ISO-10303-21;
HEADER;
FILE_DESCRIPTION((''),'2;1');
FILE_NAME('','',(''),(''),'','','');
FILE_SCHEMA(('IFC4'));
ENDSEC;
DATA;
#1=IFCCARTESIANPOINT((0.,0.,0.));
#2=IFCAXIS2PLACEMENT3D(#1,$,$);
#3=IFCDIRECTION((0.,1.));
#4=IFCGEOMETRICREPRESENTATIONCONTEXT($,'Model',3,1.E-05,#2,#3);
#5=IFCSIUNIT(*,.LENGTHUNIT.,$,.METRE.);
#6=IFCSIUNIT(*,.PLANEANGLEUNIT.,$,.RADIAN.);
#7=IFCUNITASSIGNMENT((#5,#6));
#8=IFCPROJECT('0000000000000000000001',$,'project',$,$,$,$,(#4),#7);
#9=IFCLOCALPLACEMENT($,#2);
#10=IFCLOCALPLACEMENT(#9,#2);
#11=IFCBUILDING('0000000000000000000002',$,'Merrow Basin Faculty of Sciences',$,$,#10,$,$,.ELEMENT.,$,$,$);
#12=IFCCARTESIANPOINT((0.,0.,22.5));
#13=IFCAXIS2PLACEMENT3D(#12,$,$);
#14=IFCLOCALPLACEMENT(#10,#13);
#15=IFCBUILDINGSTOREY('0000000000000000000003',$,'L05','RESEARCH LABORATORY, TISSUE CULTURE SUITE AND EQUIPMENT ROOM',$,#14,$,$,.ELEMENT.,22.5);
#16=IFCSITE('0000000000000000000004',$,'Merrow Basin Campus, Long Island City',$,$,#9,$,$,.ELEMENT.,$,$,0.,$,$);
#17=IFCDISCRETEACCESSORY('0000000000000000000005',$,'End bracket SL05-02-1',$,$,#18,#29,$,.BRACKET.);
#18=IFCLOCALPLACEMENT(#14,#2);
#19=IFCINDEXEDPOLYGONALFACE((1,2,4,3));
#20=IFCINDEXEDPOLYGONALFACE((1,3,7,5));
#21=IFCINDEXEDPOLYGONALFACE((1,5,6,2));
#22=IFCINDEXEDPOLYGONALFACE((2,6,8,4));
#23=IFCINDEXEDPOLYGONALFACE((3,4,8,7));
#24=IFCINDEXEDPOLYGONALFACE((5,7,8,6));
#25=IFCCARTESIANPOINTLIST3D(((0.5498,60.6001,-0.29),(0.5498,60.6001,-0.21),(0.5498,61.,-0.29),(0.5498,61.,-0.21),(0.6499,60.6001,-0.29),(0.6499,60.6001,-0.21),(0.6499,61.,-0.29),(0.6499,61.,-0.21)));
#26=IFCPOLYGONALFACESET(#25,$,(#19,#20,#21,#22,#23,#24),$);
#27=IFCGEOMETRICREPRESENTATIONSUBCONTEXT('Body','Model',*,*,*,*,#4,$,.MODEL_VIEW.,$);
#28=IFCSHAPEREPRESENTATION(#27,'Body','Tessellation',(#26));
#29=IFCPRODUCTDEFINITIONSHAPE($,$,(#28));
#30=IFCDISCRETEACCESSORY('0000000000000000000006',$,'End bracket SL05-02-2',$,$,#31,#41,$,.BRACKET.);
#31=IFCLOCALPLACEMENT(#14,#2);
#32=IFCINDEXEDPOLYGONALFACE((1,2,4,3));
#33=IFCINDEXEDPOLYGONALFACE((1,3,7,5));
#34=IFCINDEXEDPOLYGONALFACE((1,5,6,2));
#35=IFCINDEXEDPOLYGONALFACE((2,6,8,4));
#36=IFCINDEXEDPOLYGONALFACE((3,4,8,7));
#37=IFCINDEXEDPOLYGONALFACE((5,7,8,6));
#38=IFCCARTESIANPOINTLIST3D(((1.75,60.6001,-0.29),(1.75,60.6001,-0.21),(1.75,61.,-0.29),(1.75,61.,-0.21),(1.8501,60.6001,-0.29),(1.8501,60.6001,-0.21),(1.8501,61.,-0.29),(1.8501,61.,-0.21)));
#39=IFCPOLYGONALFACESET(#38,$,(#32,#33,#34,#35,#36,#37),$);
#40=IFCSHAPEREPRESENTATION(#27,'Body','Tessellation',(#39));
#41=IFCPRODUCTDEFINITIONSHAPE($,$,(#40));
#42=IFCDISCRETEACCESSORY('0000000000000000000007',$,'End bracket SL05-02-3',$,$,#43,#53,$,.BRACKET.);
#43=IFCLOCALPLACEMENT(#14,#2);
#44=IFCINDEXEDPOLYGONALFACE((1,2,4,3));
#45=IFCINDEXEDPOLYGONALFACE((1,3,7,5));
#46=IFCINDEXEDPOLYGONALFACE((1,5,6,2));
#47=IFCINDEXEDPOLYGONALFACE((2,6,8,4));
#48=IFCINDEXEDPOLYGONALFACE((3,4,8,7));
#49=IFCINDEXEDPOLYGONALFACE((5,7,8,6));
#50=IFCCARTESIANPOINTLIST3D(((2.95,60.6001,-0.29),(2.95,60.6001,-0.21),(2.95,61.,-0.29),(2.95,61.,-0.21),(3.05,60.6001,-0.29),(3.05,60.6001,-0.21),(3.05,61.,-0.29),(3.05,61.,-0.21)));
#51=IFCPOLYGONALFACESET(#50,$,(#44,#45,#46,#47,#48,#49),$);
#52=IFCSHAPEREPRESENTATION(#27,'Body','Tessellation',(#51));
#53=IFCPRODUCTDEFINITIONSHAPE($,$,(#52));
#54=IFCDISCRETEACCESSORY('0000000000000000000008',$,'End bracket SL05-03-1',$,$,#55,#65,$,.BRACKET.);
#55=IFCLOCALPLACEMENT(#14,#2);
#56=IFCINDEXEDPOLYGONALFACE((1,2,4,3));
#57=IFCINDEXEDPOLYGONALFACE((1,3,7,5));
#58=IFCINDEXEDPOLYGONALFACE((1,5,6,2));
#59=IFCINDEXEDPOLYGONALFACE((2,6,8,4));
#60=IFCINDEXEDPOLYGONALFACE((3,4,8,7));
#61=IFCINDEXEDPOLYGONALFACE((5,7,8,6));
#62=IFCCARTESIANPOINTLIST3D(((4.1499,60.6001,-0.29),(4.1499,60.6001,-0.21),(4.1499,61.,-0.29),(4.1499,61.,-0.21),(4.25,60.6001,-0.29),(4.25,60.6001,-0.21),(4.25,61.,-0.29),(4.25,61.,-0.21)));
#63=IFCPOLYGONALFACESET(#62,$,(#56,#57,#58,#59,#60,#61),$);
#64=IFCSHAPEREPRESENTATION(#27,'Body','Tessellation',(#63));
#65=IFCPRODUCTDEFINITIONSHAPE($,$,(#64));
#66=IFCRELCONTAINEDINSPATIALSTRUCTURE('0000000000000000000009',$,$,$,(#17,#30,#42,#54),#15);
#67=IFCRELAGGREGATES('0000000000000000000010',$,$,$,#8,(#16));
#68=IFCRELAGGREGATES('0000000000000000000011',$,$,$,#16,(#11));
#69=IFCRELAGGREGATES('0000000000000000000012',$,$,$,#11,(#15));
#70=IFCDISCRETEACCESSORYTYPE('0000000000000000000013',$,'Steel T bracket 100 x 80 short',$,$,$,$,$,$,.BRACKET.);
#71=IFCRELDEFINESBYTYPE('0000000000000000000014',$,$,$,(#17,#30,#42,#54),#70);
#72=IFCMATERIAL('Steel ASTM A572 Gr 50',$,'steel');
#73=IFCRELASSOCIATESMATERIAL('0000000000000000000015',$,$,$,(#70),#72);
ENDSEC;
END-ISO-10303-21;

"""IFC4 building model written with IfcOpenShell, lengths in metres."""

from ifc_helpers import new_model, si_unit, direction, frame, origin, place, context, subcontext, project, spatial, polyline, outline, extrude, source, transform, mapped, material, type_object, element, save


model = new_model("IFC4")

# Units and contexts
model_context = context("Model", 3, precision=1e-05, world=origin(), true_north=direction((0.0, 1.0)))
body_context = subcontext(model_context, "Body", "Model", "MODEL_VIEW")
ifc_project = project(units=[si_unit("LENGTHUNIT", "METRE"), si_unit("PLANEANGLEUNIT", "RADIAN")], contexts=[model_context])

# Site, building, storey
site_placement = place(None, origin())
site = spatial("IfcSite", under=ifc_project, at=site_placement, Name="Merrow Basin Campus, Long Island City", CompositionType="ELEMENT", RefElevation=0.0)
building_placement = place(site_placement, origin())
building = spatial("IfcBuilding", under=site, at=building_placement, Name="Merrow Basin Faculty of Sciences", CompositionType="ELEMENT")
storey_placement = place(building_placement, frame((0.0, 0.0, 22.5)))
storey = spatial("IfcBuildingStorey", under=building, at=storey_placement, Name="L05", Description="RESEARCH LABORATORY, TISSUE CULTURE SUITE AND EQUIPMENT ROOM", CompositionType="ELEMENT", Elevation=22.5)

# Discrete accessories
ifc_material_1 = material(Name="Steel ASTM A572 Gr 50", Category="steel")
discrete_accessory_type_1 = type_object("IfcDiscreteAccessoryType", Name="Steel T bracket 100 x 80 short", PredefinedType="BRACKET", material=ifc_material_1)
shared_shape_1 = source(origin(), body_context, "Body", "SweptSolid", [
    extrude(outline(polyline([(0.0, 0.0), (0.1001, 0.0), (0.1001, 0.0801), (0.0, 0.0801), (0.0, 0.0)])), origin(), (0.0, 0.0, 1.0), 0.3999),
])
for number, where, z_axis, x_axis, name in (
    (1, (0.6499, 60.6001, -0.29), (0.0, 1.0, 0.0), (-1.0, 0.0, 0.0), "End bracket SL05-02-1"),
    (2, (1.8501, 60.6001, -0.29), (0.0, 1.0, 0.0), (-1.0, 0.0, 0.0), "End bracket SL05-02-2"),
    (3, (3.05, 60.6001, -0.29), (0.0, 1.0, 0.0), (-1.0, 0.0, 0.0), "End bracket SL05-02-3"),
    (4, (4.25, 60.6001, -0.29), (0.0, 1.0, 0.0), (-1.0, 0.0, 0.0), "End bracket SL05-03-1"),
):
    element("IfcDiscreteAccessory", number, at=place(storey_placement, frame(where, z_axis=z_axis, x_axis=x_axis)), inside=storey, type_object=discrete_accessory_type_1, Name=name, PredefinedType="BRACKET", context=body_context, shape_type="MappedRepresentation", body=[
        mapped(shared_shape_1, transform((0.0, 0.0, 0.0), scale=1.0)),
    ])

save(model, "model.ifc")
